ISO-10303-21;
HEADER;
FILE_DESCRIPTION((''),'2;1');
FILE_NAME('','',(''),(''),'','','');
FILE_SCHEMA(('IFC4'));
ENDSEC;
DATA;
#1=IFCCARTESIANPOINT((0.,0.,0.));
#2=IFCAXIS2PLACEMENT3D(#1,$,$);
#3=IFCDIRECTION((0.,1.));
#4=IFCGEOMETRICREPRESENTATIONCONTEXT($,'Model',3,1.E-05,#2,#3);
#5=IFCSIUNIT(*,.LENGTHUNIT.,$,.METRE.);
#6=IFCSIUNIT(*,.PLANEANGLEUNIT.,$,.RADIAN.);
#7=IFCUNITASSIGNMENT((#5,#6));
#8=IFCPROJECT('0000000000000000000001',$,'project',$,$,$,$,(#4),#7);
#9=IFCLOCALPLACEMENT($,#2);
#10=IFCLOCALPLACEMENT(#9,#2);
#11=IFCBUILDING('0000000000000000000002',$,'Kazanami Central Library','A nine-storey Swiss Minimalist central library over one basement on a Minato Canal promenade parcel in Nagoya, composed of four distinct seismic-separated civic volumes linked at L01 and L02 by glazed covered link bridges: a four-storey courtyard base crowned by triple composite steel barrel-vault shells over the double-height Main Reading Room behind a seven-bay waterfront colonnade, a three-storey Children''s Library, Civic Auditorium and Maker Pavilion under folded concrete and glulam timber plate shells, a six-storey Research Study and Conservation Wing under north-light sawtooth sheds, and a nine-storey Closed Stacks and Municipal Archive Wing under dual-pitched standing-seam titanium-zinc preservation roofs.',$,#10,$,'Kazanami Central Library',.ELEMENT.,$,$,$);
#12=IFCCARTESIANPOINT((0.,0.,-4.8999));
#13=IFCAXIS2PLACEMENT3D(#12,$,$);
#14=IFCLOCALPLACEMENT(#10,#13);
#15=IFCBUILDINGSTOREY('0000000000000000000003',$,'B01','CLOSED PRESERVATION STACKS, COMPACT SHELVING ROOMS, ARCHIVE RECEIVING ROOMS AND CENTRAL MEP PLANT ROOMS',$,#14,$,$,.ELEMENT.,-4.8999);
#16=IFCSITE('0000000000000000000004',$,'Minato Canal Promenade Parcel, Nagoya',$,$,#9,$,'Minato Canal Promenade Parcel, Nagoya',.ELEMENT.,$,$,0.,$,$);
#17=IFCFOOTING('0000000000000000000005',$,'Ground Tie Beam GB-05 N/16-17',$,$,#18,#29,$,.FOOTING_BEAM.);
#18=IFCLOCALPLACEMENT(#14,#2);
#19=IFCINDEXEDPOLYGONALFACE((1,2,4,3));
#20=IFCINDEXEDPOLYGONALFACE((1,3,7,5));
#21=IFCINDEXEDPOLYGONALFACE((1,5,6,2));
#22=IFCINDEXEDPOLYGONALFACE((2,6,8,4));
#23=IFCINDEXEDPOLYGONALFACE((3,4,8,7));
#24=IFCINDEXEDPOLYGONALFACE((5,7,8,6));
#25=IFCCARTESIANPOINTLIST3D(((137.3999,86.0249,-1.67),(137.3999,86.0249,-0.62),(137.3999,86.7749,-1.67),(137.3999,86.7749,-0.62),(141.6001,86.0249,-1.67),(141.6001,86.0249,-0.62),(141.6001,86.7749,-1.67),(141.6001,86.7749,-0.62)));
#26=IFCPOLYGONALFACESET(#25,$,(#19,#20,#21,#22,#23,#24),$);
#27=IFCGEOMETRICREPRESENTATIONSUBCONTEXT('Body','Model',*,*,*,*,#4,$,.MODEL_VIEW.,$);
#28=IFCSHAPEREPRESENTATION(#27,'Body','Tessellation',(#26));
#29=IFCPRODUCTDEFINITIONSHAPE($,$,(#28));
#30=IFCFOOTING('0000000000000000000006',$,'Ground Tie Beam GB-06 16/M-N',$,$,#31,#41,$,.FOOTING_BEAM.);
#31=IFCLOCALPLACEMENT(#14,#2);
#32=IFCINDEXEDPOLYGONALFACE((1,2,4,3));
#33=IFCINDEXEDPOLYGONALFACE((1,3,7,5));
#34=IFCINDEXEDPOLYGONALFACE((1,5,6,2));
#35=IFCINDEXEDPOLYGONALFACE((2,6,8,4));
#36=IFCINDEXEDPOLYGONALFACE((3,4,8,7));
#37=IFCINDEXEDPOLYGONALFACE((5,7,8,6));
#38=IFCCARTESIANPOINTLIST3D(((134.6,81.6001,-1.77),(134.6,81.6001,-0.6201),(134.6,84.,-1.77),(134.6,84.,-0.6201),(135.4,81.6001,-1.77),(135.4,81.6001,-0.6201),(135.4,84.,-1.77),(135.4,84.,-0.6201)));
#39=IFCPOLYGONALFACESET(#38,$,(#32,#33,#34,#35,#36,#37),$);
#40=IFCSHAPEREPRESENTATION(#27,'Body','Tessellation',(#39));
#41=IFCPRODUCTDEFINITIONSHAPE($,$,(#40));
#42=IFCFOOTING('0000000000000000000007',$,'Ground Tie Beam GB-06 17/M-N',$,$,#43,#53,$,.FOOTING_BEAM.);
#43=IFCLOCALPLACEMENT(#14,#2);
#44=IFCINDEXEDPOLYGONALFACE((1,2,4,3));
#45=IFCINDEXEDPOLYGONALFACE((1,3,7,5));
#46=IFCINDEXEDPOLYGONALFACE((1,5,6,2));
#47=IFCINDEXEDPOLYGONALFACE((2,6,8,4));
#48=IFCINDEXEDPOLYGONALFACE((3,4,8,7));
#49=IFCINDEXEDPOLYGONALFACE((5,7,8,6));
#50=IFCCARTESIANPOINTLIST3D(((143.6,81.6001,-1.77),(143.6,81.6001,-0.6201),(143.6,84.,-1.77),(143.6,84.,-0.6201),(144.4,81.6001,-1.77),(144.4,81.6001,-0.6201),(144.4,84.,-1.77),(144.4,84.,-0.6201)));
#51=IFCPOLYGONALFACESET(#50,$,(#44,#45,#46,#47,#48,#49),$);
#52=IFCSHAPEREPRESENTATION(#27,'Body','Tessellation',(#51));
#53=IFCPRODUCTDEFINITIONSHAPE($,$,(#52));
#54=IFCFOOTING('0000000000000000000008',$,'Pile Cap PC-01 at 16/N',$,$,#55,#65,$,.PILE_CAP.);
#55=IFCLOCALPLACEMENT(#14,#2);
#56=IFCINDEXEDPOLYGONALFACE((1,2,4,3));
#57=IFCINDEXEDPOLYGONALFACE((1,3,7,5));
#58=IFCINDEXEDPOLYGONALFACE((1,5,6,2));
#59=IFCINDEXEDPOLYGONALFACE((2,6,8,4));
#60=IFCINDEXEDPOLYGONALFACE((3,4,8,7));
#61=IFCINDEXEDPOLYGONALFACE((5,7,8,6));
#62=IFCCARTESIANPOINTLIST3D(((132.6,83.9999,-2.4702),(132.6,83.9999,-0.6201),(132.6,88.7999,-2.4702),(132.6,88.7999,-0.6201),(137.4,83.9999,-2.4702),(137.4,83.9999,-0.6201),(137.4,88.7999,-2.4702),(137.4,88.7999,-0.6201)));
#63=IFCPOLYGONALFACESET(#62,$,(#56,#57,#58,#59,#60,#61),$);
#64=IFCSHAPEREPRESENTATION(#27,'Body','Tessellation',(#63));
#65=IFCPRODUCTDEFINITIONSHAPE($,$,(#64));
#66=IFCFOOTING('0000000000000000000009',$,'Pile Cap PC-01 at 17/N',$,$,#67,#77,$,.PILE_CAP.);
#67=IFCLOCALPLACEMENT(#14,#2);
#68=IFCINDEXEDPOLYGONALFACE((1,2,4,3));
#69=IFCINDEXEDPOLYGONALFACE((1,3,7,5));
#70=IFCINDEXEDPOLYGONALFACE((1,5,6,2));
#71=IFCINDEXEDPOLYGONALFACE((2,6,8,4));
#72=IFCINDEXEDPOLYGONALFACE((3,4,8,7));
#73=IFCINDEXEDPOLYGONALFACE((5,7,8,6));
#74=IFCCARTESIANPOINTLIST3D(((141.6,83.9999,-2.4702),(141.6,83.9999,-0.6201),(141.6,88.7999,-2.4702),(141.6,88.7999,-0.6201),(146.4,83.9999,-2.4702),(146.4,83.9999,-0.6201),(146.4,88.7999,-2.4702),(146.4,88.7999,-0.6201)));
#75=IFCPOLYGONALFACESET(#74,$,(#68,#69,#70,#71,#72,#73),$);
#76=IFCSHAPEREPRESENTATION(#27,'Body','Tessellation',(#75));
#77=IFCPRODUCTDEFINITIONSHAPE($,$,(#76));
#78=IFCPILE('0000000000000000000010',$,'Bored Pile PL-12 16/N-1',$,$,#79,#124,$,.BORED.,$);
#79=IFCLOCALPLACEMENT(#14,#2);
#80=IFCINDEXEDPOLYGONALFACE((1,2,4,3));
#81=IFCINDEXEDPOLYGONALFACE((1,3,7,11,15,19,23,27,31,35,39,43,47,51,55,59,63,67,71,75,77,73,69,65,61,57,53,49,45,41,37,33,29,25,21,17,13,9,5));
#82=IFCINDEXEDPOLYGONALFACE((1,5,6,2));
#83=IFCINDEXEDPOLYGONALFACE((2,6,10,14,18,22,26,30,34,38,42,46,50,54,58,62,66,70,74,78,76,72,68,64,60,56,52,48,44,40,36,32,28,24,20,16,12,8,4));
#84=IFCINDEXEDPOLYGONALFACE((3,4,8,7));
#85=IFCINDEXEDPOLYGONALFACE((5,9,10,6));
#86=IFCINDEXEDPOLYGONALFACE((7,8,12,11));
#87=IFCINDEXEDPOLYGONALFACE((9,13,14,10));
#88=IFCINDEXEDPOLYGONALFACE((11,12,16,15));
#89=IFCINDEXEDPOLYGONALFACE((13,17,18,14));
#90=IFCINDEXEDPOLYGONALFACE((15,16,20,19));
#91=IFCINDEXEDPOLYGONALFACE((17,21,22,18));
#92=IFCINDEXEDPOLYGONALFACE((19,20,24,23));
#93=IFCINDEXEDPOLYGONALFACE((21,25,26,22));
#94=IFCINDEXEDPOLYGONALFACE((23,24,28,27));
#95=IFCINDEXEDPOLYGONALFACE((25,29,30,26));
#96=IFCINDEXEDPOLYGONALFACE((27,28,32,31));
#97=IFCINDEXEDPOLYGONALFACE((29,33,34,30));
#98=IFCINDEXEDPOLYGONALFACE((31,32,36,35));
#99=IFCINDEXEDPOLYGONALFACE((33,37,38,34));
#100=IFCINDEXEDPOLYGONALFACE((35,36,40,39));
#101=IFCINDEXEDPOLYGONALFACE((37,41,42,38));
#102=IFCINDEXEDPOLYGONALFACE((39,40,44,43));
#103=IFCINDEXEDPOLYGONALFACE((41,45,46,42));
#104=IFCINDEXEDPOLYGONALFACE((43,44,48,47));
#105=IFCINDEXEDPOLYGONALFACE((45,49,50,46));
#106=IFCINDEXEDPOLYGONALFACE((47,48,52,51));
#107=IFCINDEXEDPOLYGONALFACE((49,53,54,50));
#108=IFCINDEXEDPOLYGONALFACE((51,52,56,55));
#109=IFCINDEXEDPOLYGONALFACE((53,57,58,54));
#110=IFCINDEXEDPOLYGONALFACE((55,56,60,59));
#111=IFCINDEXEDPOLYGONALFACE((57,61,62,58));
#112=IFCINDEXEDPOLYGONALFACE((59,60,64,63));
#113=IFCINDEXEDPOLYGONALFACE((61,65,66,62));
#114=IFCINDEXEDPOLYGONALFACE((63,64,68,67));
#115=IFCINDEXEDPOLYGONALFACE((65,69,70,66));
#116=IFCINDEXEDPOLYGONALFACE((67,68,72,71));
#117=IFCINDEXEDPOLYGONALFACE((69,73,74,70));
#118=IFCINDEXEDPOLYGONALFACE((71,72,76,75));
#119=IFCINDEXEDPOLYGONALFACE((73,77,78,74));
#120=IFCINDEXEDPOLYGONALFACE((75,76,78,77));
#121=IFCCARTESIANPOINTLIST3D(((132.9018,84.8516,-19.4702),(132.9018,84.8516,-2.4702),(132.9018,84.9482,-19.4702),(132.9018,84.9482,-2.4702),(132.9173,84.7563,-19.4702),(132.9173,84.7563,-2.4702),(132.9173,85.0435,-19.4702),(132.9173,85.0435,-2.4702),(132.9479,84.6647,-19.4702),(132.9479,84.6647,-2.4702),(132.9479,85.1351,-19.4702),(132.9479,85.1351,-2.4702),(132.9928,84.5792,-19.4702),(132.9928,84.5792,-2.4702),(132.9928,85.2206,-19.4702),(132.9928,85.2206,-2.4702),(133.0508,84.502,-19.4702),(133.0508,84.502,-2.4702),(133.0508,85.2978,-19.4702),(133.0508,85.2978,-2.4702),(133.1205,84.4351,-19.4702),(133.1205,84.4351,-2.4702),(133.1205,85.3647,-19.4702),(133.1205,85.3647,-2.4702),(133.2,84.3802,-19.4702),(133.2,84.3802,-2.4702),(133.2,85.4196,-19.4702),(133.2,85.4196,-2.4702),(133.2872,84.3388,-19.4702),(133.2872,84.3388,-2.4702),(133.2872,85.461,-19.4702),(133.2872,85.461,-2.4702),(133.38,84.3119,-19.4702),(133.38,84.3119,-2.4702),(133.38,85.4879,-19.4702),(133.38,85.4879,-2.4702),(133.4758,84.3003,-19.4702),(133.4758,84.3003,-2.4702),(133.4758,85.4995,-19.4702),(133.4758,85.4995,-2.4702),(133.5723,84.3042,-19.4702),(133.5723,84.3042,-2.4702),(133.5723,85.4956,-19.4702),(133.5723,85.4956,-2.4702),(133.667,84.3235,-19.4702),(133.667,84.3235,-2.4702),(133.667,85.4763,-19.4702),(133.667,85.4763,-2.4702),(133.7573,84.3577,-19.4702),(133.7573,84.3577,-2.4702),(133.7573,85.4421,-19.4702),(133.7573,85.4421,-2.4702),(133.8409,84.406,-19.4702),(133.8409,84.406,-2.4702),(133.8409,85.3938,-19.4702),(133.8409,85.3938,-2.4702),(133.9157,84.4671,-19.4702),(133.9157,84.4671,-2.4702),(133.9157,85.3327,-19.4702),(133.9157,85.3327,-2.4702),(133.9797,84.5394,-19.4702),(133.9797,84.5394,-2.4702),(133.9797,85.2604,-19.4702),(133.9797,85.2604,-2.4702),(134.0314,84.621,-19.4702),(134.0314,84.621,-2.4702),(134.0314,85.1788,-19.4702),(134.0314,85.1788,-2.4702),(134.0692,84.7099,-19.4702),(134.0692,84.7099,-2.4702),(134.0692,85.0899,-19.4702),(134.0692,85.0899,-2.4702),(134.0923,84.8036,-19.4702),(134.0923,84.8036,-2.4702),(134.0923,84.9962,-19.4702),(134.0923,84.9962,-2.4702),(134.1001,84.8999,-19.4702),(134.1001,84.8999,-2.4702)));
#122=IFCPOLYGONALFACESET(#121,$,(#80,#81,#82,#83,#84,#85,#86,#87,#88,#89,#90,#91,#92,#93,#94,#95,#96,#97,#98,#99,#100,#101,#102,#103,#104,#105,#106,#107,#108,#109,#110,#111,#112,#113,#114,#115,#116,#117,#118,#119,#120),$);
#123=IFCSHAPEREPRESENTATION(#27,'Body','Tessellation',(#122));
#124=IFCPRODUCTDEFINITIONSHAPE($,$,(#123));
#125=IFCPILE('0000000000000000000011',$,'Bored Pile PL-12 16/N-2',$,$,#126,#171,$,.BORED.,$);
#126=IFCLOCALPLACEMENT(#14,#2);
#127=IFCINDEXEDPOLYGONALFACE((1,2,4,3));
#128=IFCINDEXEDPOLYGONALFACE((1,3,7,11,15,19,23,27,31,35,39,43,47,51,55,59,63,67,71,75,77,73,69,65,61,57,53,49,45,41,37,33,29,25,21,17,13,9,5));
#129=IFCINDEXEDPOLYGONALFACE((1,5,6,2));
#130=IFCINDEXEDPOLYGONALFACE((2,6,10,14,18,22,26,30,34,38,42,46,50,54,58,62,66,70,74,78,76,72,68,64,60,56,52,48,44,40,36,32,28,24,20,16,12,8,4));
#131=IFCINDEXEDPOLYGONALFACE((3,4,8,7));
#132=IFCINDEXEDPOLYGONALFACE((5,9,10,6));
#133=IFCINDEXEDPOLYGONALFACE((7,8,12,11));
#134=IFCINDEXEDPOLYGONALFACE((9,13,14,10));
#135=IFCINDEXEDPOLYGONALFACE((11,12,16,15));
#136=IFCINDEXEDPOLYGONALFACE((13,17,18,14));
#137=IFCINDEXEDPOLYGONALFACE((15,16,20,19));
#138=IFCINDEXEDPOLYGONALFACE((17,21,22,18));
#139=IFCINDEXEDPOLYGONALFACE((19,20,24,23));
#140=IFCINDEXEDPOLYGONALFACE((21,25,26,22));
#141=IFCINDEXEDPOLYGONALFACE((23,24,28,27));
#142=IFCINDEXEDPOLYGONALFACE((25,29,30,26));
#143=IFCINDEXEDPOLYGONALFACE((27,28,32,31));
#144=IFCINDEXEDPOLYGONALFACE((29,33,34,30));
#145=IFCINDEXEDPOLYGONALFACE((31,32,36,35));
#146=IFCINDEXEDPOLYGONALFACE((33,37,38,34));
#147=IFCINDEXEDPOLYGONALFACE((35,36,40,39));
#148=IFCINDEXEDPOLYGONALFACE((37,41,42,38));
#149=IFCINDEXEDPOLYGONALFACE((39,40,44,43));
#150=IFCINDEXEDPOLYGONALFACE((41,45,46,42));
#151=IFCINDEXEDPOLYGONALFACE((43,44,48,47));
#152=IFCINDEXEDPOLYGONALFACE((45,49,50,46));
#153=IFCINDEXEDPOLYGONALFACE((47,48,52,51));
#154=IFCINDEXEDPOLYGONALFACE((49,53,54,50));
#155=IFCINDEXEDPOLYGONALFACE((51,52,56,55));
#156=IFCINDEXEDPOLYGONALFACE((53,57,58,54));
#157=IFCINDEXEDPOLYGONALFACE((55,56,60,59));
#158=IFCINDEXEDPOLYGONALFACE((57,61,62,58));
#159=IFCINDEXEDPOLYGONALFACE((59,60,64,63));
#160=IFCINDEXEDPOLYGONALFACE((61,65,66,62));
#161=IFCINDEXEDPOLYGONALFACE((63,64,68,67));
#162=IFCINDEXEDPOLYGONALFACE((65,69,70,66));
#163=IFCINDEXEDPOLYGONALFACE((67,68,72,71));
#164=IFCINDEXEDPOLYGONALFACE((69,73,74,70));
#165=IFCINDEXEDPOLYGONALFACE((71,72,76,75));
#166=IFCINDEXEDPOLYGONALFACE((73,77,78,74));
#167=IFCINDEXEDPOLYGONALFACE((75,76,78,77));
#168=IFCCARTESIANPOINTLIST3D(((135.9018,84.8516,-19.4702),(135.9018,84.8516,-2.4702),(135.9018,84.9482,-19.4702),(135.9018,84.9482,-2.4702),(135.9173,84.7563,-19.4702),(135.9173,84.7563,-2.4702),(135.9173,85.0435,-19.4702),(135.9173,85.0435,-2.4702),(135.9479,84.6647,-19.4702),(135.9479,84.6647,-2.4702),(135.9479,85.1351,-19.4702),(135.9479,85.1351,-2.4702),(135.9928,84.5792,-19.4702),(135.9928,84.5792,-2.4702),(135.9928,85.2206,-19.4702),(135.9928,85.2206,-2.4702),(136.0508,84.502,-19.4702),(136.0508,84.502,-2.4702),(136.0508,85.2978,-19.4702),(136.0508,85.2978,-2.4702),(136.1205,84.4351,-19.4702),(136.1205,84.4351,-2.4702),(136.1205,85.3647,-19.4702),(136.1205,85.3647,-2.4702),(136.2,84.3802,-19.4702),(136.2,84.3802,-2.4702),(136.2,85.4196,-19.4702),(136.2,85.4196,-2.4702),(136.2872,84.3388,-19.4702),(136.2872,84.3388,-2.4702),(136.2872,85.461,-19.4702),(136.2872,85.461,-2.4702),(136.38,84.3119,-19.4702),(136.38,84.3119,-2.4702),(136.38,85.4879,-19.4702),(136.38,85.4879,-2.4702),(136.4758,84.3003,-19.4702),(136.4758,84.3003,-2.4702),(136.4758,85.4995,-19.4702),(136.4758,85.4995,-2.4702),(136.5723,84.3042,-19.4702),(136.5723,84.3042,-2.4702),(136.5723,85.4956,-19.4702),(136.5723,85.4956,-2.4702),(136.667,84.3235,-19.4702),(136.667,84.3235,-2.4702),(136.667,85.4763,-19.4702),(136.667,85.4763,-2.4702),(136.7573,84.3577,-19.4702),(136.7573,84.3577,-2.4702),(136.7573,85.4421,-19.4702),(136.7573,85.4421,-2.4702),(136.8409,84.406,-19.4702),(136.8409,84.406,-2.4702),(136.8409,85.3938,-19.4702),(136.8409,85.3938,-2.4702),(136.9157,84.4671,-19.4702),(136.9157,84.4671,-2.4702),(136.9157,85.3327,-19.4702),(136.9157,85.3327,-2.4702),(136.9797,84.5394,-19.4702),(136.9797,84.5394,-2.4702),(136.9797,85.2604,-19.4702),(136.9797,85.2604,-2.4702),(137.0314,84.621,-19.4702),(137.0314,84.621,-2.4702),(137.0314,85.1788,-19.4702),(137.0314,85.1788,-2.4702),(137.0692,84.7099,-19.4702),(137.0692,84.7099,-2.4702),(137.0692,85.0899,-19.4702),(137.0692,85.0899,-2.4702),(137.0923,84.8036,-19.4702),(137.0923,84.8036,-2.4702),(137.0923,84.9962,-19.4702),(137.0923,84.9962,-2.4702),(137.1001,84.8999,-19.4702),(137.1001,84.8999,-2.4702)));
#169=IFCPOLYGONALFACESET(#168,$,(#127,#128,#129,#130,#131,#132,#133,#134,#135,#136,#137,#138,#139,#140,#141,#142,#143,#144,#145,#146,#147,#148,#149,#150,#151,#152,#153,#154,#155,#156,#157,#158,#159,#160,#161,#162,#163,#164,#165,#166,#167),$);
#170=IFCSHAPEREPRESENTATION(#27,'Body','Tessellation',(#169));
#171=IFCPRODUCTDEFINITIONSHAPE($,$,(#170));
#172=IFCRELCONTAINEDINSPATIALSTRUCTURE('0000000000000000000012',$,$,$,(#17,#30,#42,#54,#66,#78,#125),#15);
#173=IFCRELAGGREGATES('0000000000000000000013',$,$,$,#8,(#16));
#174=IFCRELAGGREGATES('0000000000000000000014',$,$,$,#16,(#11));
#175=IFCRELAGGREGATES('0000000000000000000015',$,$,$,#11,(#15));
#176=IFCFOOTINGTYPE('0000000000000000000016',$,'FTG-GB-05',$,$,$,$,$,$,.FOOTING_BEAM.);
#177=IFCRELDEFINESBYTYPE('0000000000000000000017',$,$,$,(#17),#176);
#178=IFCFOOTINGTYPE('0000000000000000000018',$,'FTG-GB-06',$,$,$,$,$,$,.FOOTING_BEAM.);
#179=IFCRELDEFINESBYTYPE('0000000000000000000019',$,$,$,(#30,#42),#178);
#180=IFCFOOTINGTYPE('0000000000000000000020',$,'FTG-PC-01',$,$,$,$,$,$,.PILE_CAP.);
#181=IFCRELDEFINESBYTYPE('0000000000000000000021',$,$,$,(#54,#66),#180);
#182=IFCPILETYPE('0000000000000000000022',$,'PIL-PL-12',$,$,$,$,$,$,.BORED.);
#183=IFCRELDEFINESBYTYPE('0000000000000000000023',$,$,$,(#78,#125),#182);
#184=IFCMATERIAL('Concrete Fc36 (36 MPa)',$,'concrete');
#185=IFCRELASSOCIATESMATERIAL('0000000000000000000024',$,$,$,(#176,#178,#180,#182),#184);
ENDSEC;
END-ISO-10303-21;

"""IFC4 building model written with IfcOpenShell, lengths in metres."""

from ifc_helpers import new_model, si_unit, direction, frame, origin, origin_2d, place, context, subcontext, project, spatial, rectangle, circle, extrude, material, material_profile, profile_set, type_object, element, save


model = new_model("IFC4")

# Units and contexts
model_context = context("Model", 3, precision=1e-05, world=origin(), true_north=direction((0.0, 1.0)))
body_context = subcontext(model_context, "Body", "Model", "MODEL_VIEW")
ifc_project = project(units=[si_unit("LENGTHUNIT", "METRE"), si_unit("PLANEANGLEUNIT", "RADIAN")], contexts=[model_context])

# Site, building, storey
site_placement = place(None, origin())
site = spatial("IfcSite", under=ifc_project, at=site_placement, Name="Minato Canal Promenade Parcel, Nagoya", LongName="Minato Canal Promenade Parcel, Nagoya", CompositionType="ELEMENT", RefElevation=0.0)
building_placement = place(site_placement, origin())
building = spatial("IfcBuilding", under=site, at=building_placement, Name="Kazanami Central Library", Description="A nine-storey Swiss Minimalist central library over one basement on a Minato Canal promenade parcel in Nagoya, composed of four distinct seismic-separated civic volumes linked at L01 and L02 by glazed covered link bridges: a four-storey courtyard base crowned by triple composite steel barrel-vault shells over the double-height Main Reading Room behind a seven-bay waterfront colonnade, a three-storey Children's Library, Civic Auditorium and Maker Pavilion under folded concrete and glulam timber plate shells, a six-storey Research Study and Conservation Wing under north-light sawtooth sheds, and a nine-storey Closed Stacks and Municipal Archive Wing under dual-pitched standing-seam titanium-zinc preservation roofs.", LongName="Kazanami Central Library", CompositionType="ELEMENT")
storey_placement = place(building_placement, frame((0.0, 0.0, -4.8999)))
storey = spatial("IfcBuildingStorey", under=building, at=storey_placement, Name="B01", Description="CLOSED PRESERVATION STACKS, COMPACT SHELVING ROOMS, ARCHIVE RECEIVING ROOMS AND CENTRAL MEP PLANT ROOMS", CompositionType="ELEMENT", Elevation=-4.8999)

# Footings
ifc_material_1 = material(Name="Concrete Fc36 (36 MPa)", Category="concrete")
ifc_material_profile_1 = material_profile(ifc_material_1, rectangle(XDim=0.75, YDim=1.05, at=origin_2d()), Name="RC-750x1050")
ifc_profile_set_1 = profile_set([ifc_material_profile_1], Name="Concrete Fc36 (36 MPa)")
footing_type_1 = type_object("IfcFootingType", Name="FTG-GB-05", PredefinedType="FOOTING_BEAM", material=ifc_profile_set_1)
footing_placement = place(storey_placement, frame((137.3999, 86.3999, -1.145), z_axis=(1.0, 0.0, 0.0), x_axis=(0.0, 1.0, 0.0)))
element("IfcFooting", 1, at=footing_placement, inside=storey, type_object=footing_type_1, Name="Ground Tie Beam GB-05 N/16-17", PredefinedType="FOOTING_BEAM", context=body_context, shape_type="SweptSolid", body=[
    extrude(rectangle(XDim=0.75, YDim=1.05, at=origin_2d()), origin(), (0.0, 0.0, 1.0), 4.2002),
])
ifc_material_profile_2 = material_profile(ifc_material_1, rectangle(XDim=0.8, YDim=1.1499, at=origin_2d()), Name="RC-800x1150")
ifc_profile_set_2 = profile_set([ifc_material_profile_2], Name="Concrete Fc36 (36 MPa)")
footing_type_2 = type_object("IfcFootingType", Name="FTG-GB-06", PredefinedType="FOOTING_BEAM", material=ifc_profile_set_2)
for number, where, z_axis, x_axis, name in (
    (2, (135.0, 81.6001, -1.1951), (0.0, 1.0, 0.0), (-1.0, 0.0, 0.0), "Ground Tie Beam GB-06 16/M-N"),
    (3, (144.0, 81.6001, -1.1951), (0.0, 1.0, 0.0), (-1.0, 0.0, 0.0), "Ground Tie Beam GB-06 17/M-N"),
):
    element("IfcFooting", number, at=place(storey_placement, frame(where, z_axis=z_axis, x_axis=x_axis)), inside=storey, type_object=footing_type_2, Name=name, PredefinedType="FOOTING_BEAM", context=body_context, shape_type="SweptSolid", body=[
        extrude(rectangle(XDim=0.8, YDim=1.1499, at=origin_2d()), origin(), (0.0, 0.0, 1.0), 2.3999),
    ])
footing_type_3 = type_object("IfcFootingType", Name="FTG-PC-01", PredefinedType="PILE_CAP", material=ifc_material_1)
for number, where, z_axis, x_axis, name in (
    (4, (135.0, 86.3999, -2.4702), (0.0, 0.0, 1.0), (1.0, 0.0, 0.0), "Pile Cap PC-01 at 16/N"),
    (5, (144.0, 86.3999, -2.4702), (0.0, 0.0, 1.0), (1.0, 0.0, 0.0), "Pile Cap PC-01 at 17/N"),
):
    element("IfcFooting", number, at=place(storey_placement, frame(where, z_axis=z_axis, x_axis=x_axis)), inside=storey, type_object=footing_type_3, Name=name, PredefinedType="PILE_CAP", context=body_context, shape_type="SweptSolid", body=[
        extrude(rectangle(XDim=4.8, YDim=4.8, at=origin_2d()), origin(), (0.0, 0.0, 1.0), 1.8501),
    ])

# Piles
ifc_material_profile_3 = material_profile(ifc_material_1, circle(Radius=0.6001, at=origin_2d()), Name="BORED-D1200")
ifc_profile_set_3 = profile_set([ifc_material_profile_3], Name="Concrete Fc36 (36 MPa)")
pile_type = type_object("IfcPileType", Name="PIL-PL-12", PredefinedType="BORED", material=ifc_profile_set_3)
for number, where, z_axis, x_axis, name in (
    (6, (133.5, 84.8999, -2.4702), (0.0, 0.0, -1.0), (1.0, 0.0, 0.0), "Bored Pile PL-12 16/N-1"),
    (7, (136.5, 84.8999, -2.4702), (0.0, 0.0, -1.0), (1.0, 0.0, 0.0), "Bored Pile PL-12 16/N-2"),
):
    element("IfcPile", number, at=place(storey_placement, frame(where, z_axis=z_axis, x_axis=x_axis)), inside=storey, type_object=pile_type, Name=name, PredefinedType="BORED", context=body_context, shape_type="SweptSolid", body=[
        extrude(circle(Radius=0.6001, at=origin_2d()), origin(), (0.0, 0.0, 1.0), 17.0),
    ])

save(model, "model.ifc")
